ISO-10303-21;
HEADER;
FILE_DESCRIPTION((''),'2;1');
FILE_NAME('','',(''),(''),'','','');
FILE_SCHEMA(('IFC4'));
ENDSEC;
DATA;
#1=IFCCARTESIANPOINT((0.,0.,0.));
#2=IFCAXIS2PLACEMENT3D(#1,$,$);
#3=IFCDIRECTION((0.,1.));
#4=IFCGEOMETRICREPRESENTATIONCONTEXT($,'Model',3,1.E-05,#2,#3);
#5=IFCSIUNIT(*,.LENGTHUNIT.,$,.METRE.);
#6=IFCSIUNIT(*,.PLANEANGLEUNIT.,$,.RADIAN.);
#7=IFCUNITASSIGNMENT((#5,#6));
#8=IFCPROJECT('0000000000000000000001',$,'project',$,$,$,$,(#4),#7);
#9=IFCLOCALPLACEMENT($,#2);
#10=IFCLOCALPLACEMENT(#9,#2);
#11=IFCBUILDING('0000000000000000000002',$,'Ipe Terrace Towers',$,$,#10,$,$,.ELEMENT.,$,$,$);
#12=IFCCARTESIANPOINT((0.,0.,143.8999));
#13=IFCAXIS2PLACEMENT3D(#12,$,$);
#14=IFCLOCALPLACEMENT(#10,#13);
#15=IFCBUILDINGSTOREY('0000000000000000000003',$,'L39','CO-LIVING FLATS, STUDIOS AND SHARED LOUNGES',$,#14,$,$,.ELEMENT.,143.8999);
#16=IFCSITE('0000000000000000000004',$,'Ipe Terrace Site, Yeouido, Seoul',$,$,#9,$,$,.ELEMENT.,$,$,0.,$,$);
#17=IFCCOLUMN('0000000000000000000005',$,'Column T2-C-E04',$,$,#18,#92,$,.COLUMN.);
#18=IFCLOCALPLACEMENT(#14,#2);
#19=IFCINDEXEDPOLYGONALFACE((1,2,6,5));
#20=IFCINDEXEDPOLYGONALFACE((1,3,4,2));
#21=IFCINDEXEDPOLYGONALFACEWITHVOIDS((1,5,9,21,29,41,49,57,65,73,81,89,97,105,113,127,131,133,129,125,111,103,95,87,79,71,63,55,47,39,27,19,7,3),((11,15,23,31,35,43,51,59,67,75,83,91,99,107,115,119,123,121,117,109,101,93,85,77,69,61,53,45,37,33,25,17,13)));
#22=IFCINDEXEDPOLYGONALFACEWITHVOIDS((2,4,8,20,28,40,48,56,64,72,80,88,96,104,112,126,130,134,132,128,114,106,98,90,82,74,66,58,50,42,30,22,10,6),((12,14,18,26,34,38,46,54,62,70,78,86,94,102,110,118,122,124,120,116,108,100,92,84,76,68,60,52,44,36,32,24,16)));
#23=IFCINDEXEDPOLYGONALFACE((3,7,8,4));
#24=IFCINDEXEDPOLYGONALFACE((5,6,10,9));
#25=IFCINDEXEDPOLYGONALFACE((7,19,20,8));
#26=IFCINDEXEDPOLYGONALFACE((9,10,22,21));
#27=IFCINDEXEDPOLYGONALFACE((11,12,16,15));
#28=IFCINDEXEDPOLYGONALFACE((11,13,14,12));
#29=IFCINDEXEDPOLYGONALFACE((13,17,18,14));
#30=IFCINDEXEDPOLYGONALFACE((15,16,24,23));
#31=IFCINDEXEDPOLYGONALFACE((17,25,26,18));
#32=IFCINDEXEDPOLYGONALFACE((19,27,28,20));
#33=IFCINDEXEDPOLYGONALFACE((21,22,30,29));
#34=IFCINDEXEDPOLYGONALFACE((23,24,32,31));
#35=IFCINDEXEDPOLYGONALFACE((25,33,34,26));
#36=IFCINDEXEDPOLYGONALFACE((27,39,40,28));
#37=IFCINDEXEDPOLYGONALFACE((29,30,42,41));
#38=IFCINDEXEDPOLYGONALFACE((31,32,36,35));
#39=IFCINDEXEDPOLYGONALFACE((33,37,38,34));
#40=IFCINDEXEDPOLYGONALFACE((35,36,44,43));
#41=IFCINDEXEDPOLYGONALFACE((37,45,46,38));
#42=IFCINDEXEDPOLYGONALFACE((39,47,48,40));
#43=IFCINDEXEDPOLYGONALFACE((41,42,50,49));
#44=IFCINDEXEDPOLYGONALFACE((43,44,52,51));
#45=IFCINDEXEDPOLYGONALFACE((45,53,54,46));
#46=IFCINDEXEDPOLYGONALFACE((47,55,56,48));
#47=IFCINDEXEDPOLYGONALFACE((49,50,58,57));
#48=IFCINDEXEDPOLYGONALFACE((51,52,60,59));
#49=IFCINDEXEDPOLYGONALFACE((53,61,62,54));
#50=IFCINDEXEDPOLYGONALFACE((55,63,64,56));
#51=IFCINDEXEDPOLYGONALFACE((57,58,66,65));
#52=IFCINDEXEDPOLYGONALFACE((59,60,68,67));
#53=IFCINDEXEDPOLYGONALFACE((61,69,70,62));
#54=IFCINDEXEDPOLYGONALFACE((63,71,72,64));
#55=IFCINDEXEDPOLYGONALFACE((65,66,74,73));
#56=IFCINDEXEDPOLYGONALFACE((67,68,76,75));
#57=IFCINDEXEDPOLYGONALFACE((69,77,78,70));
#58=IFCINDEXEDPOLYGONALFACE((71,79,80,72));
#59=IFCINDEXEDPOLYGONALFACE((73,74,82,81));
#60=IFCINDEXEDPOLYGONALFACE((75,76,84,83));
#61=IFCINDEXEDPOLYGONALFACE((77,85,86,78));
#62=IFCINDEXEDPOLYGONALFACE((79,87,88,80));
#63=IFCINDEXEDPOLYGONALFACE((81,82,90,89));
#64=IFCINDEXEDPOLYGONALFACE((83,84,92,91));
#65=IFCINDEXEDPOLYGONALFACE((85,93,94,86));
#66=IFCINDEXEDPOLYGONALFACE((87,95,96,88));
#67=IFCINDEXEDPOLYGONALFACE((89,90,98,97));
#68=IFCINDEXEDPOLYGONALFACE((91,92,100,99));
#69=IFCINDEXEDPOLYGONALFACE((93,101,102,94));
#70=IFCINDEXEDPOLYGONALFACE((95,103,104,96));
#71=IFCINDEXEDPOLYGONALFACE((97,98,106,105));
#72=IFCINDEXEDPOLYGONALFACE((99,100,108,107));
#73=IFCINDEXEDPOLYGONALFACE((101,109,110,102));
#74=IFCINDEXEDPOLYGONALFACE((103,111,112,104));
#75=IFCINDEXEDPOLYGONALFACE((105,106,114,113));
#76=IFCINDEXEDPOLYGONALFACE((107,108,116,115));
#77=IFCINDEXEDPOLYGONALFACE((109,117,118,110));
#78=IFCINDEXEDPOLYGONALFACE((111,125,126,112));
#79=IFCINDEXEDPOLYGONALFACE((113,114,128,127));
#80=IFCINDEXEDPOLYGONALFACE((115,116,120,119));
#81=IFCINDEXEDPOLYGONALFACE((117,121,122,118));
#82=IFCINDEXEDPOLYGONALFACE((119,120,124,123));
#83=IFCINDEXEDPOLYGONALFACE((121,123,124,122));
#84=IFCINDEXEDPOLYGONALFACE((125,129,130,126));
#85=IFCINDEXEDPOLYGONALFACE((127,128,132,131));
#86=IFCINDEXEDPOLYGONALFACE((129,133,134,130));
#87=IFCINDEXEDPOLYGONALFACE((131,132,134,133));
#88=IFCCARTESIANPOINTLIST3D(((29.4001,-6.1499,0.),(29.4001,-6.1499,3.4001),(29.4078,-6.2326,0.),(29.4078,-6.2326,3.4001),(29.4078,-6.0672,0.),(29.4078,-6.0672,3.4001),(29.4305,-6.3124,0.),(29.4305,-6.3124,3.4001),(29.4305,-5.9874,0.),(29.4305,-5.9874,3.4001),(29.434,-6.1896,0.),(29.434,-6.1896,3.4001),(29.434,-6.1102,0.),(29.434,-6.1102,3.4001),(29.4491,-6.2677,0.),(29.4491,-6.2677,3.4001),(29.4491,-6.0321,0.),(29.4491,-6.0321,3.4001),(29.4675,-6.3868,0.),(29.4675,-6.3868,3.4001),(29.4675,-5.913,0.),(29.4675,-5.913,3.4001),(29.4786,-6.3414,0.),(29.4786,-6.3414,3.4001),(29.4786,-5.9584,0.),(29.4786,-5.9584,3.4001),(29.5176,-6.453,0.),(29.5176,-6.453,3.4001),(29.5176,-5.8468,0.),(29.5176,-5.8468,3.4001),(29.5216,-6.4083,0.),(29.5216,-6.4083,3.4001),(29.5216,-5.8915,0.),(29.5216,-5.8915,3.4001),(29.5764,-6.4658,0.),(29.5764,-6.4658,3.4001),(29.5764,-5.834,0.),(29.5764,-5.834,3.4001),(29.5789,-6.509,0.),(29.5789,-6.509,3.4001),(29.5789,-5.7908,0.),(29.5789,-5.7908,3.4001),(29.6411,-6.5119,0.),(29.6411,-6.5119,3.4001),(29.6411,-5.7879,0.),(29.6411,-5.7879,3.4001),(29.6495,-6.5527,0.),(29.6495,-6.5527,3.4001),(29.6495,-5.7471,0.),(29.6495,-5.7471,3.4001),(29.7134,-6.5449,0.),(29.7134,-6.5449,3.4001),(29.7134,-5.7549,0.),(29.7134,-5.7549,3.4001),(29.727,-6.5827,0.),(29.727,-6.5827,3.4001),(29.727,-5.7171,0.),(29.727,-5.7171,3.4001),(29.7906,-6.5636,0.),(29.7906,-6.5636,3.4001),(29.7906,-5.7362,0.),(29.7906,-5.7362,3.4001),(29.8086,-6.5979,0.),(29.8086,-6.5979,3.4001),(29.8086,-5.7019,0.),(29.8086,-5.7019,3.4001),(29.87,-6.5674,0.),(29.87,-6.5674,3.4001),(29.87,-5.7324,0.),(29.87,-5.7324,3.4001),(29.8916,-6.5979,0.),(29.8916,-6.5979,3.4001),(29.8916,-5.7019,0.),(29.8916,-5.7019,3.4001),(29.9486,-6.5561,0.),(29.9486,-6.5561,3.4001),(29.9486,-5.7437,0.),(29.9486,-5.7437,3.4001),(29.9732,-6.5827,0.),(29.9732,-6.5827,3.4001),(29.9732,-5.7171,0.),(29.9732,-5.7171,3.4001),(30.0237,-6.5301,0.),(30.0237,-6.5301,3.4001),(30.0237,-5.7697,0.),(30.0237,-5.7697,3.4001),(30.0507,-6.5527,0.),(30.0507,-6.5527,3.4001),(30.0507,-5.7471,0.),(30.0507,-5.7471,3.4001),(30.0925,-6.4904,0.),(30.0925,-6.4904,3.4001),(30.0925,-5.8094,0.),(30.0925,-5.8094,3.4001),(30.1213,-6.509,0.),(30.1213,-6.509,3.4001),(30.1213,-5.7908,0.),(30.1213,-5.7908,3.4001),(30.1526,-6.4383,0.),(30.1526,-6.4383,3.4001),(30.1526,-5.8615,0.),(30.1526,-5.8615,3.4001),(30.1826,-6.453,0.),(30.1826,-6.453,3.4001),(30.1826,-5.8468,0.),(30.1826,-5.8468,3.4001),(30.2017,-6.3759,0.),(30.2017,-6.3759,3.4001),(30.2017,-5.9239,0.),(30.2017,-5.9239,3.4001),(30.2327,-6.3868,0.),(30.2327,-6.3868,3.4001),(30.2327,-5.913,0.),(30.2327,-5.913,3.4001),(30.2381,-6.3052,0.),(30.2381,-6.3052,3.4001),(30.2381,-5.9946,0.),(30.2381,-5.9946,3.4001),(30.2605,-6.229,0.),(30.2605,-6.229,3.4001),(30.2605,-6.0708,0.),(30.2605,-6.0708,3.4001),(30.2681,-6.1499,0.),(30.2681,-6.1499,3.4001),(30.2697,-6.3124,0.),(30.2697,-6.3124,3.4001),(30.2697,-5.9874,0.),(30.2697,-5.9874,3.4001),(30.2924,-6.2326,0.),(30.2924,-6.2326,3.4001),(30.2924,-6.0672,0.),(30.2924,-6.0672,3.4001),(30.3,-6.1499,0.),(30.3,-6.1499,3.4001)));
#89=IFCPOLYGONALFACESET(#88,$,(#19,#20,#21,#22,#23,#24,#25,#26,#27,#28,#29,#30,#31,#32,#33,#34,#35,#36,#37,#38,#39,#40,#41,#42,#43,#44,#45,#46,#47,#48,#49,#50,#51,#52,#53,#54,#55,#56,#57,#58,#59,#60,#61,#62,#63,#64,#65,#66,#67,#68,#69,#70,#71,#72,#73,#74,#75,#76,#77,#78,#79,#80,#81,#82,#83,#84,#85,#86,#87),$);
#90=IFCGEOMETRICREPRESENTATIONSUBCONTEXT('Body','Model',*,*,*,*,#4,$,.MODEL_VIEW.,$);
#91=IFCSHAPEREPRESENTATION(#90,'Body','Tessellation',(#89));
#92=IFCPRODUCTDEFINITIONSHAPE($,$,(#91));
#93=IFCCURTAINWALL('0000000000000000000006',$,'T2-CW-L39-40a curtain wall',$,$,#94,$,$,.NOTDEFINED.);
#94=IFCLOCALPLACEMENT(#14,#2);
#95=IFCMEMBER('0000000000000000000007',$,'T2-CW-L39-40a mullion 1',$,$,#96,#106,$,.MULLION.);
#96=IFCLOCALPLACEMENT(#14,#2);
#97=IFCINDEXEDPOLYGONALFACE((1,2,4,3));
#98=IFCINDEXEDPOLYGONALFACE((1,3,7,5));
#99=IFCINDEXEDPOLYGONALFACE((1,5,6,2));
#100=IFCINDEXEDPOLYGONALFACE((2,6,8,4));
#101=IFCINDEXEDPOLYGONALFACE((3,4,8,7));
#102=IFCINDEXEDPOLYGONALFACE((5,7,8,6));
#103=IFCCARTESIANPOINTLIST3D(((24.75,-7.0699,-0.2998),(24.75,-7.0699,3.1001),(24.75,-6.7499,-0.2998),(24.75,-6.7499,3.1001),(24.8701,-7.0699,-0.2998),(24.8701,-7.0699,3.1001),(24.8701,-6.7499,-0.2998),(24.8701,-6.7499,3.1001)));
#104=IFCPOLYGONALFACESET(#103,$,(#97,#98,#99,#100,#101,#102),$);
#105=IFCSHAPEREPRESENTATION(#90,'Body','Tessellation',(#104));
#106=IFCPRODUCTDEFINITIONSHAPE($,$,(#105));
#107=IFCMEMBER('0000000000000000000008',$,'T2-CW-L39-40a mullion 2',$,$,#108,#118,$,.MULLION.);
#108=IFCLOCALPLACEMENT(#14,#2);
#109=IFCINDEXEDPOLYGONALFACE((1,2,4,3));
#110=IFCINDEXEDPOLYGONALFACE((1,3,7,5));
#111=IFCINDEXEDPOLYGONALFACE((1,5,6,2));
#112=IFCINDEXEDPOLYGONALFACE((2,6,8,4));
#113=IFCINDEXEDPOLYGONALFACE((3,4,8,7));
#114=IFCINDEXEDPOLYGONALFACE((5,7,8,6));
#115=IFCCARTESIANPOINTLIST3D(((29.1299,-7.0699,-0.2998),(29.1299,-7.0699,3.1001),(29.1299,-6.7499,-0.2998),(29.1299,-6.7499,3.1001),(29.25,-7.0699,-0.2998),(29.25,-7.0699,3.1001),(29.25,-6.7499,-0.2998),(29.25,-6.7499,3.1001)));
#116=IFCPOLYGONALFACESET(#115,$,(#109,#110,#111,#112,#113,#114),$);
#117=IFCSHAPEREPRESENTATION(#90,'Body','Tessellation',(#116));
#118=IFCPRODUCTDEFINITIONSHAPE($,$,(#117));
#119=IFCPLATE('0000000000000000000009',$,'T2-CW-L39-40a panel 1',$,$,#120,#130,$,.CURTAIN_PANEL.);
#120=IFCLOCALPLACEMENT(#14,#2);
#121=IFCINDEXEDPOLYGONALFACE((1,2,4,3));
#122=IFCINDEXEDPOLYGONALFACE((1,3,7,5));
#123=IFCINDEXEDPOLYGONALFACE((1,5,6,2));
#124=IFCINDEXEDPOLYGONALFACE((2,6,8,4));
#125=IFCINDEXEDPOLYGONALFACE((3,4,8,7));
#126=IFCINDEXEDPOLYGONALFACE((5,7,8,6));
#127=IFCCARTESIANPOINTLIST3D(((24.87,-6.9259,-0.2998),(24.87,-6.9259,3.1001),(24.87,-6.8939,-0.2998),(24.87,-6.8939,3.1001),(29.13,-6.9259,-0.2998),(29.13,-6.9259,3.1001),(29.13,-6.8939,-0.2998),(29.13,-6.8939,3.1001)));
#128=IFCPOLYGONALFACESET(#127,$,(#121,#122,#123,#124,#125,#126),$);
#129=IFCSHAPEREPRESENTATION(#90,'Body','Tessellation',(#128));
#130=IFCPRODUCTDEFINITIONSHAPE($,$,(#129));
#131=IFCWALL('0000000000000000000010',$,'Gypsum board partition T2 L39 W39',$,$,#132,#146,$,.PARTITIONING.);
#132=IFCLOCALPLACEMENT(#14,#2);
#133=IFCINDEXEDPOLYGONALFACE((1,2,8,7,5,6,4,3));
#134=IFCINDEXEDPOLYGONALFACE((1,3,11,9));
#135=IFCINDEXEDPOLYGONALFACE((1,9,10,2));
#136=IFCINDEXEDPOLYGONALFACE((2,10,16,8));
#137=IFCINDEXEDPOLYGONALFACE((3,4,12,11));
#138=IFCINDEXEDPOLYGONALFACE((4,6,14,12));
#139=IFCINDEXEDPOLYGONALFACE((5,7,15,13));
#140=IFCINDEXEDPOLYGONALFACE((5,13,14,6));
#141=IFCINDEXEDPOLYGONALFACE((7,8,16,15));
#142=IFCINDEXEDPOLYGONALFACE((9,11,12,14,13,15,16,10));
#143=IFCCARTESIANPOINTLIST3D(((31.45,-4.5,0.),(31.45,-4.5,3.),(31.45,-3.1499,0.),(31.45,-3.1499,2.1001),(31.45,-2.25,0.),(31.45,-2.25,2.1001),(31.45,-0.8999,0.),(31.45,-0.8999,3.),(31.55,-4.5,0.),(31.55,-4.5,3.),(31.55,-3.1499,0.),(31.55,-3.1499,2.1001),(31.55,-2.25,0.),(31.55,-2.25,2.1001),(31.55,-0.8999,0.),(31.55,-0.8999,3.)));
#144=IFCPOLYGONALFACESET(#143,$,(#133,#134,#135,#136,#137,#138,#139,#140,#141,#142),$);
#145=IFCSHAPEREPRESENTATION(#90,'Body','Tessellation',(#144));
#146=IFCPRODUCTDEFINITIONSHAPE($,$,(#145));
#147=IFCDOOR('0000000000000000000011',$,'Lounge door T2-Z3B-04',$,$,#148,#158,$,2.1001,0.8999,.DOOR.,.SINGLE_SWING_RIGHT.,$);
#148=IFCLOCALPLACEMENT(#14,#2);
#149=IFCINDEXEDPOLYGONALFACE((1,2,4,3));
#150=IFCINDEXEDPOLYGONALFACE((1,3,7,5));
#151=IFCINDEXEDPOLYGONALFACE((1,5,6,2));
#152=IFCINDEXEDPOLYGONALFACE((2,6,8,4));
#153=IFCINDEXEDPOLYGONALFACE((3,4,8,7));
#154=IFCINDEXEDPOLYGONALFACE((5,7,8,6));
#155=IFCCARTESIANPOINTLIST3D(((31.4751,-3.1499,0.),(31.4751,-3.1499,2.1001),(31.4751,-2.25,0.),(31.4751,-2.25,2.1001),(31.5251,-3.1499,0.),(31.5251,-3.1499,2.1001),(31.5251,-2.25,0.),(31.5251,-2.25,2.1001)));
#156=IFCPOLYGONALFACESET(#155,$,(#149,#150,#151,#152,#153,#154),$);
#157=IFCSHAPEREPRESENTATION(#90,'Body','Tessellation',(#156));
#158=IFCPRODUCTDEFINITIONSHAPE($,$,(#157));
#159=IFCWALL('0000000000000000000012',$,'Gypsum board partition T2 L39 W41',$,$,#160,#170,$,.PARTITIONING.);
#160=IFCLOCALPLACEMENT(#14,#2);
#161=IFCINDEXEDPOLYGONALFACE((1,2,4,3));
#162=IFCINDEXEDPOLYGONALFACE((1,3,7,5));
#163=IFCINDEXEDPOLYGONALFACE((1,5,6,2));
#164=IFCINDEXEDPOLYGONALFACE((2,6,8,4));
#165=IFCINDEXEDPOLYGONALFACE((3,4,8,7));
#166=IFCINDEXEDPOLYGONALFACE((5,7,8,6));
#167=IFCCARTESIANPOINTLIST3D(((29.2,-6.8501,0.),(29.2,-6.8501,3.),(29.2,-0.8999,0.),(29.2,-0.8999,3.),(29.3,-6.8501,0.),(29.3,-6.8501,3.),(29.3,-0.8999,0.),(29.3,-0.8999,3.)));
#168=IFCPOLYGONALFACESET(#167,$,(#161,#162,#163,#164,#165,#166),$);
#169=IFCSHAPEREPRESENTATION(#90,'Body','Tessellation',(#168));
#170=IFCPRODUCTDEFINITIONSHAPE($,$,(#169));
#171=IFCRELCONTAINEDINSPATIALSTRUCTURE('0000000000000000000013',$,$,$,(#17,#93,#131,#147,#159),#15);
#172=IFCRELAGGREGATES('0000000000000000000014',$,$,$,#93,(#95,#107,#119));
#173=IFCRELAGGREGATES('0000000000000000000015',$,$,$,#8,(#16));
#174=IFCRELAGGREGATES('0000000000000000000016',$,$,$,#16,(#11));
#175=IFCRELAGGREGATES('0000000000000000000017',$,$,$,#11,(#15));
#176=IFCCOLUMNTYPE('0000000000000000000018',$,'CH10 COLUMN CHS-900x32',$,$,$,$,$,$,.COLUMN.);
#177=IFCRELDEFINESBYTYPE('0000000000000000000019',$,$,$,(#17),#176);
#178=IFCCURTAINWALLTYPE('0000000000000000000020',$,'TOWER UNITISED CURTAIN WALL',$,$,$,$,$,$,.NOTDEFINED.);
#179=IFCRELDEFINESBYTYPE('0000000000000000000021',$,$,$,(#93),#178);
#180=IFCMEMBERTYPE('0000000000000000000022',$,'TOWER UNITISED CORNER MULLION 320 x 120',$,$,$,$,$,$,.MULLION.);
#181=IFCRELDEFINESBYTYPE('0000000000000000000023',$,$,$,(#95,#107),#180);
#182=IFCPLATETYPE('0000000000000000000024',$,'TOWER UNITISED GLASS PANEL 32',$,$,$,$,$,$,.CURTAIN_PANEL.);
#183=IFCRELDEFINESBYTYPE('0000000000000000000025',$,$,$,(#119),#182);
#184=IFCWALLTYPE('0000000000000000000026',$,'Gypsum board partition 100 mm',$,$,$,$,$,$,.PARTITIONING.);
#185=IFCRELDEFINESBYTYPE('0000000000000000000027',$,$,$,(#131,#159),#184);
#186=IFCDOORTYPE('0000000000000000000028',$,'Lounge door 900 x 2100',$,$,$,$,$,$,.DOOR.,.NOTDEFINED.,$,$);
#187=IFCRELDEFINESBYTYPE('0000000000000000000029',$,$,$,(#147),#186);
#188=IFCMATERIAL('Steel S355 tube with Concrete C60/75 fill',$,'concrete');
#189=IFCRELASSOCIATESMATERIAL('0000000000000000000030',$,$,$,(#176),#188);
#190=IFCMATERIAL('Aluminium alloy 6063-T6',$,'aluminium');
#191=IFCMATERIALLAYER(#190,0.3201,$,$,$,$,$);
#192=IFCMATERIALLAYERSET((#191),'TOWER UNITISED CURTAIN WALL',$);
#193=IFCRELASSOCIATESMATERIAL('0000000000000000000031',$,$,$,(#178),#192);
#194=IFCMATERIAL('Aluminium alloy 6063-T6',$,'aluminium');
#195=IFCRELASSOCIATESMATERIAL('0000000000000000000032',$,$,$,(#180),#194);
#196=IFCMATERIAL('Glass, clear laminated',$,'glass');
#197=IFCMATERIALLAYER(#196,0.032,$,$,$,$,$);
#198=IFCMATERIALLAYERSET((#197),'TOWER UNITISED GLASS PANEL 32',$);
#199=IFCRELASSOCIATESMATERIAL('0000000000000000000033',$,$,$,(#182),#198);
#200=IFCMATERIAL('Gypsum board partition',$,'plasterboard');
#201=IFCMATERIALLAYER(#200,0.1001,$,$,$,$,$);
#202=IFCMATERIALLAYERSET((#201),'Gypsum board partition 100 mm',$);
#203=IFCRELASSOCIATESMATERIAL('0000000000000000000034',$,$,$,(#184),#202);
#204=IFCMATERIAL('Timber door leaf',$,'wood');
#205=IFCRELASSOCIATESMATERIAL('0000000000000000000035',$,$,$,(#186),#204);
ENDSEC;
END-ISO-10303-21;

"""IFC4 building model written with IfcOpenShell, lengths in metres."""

from ifc_helpers import new_model, si_unit, direction, frame, frame_2d, origin, origin_2d, place, context, subcontext, project, spatial, rectangle, hollow_circle, extrude, material, layer, layer_set, material_profile, profile_set, type_object, element, fill, aggregate, save


model = new_model("IFC4")

# Units and contexts
model_context = context("Model", 3, precision=1e-05, world=origin(), true_north=direction((0.0, 1.0)))
body_context = subcontext(model_context, "Body", "Model", "MODEL_VIEW")
ifc_project = project(units=[si_unit("LENGTHUNIT", "METRE"), si_unit("PLANEANGLEUNIT", "RADIAN")], contexts=[model_context])

# Site, building, storey
site_placement = place(None, origin())
site = spatial("IfcSite", under=ifc_project, at=site_placement, Name="Ipe Terrace Site, Yeouido, Seoul", CompositionType="ELEMENT", RefElevation=0.0)
building_placement = place(site_placement, origin())
building = spatial("IfcBuilding", under=site, at=building_placement, Name="Ipe Terrace Towers", CompositionType="ELEMENT")
storey_placement = place(building_placement, frame((0.0, 0.0, 143.8999)))
storey = spatial("IfcBuildingStorey", under=building, at=storey_placement, Name="L39", Description="CO-LIVING FLATS, STUDIOS AND SHARED LOUNGES", CompositionType="ELEMENT", Elevation=143.8999)

# Column
ifc_material_1 = material(Name="Steel S355 tube with Concrete C60/75 fill", Category="concrete")
ifc_material_profile_1 = material_profile(ifc_material_1, hollow_circle(Radius=0.45, WallThickness=0.032, at=origin_2d()), Name="CHS-900x32")
ifc_profile_set_1 = profile_set([ifc_material_profile_1], Name="Steel S355 tube with Concrete C60/75 fill")
column_type = type_object("IfcColumnType", Name="CH10 COLUMN CHS-900x32", PredefinedType="COLUMN", material=ifc_profile_set_1)
column_placement = place(storey_placement, frame((29.8501, -6.1499, 0.0), z_axis=(0.0, 0.0, 1.0), x_axis=(1.0, 0.0, 0.0)))
element("IfcColumn", 1, at=column_placement, inside=storey, type_object=column_type, Name="Column T2-C-E04", PredefinedType="COLUMN", context=body_context, shape_type="SweptSolid", body=[
    extrude(hollow_circle(Radius=0.45, WallThickness=0.032, at=origin_2d()), origin(), (0.0, 0.0, 1.0), 3.4001),
])

# Curtain wall, members, plate
ifc_material_2 = material(Name="Aluminium alloy 6063-T6", Category="aluminium")
ifc_layer_1 = layer(ifc_material_2, 0.3201)
ifc_layer_set_1 = layer_set([ifc_layer_1], Name="TOWER UNITISED CURTAIN WALL")
curtain_wall_type = type_object("IfcCurtainWallType", Name="TOWER UNITISED CURTAIN WALL", PredefinedType="NOTDEFINED", material=ifc_layer_set_1)
curtain_wall_placement = place(storey_placement, origin())
curtain_wall = element("IfcCurtainWall", 2, at=curtain_wall_placement, inside=storey, type_object=curtain_wall_type, Name="T2-CW-L39-40a curtain wall", PredefinedType="NOTDEFINED")
ifc_material_3 = material(Name="Aluminium alloy 6063-T6", Category="aluminium")
ifc_material_profile_2 = material_profile(ifc_material_3, rectangle(XDim=0.3201, YDim=0.1201, at=origin_2d()), Name="TOWER UNITISED CORNER MULLION 320 x 120")
ifc_profile_set_2 = profile_set([ifc_material_profile_2], Name="Aluminium alloy 6063-T6")
member_type = type_object("IfcMemberType", Name="TOWER UNITISED CORNER MULLION 320 x 120", PredefinedType="MULLION", material=ifc_profile_set_2)
member_1_placement = place(storey_placement, frame((24.8101, -6.9099, -0.2998), z_axis=(0.0, 0.0, 1.0), x_axis=(0.0, -1.0, 0.0)))
member_1 = element("IfcMember", 3, at=member_1_placement, type_object=member_type, Name="T2-CW-L39-40a mullion 1", PredefinedType="MULLION", context=body_context, shape_type="SweptSolid", body=[
    extrude(rectangle(XDim=0.3201, YDim=0.1201, at=origin_2d()), origin(), (0.0, 0.0, 1.0), 3.3999),
])
member_2_placement = place(storey_placement, frame((29.1899, -6.9099, -0.2998), z_axis=(0.0, 0.0, 1.0), x_axis=(0.0, -1.0, 0.0)))
member_2 = element("IfcMember", 4, at=member_2_placement, type_object=member_type, Name="T2-CW-L39-40a mullion 2", PredefinedType="MULLION", context=body_context, shape_type="SweptSolid", body=[
    extrude(rectangle(XDim=0.3201, YDim=0.1201, at=origin_2d()), origin(), (0.0, 0.0, 1.0), 3.3999),
])
ifc_material_4 = material(Name="Glass, clear laminated", Category="glass")
ifc_layer_2 = layer(ifc_material_4, 0.032)
ifc_layer_set_2 = layer_set([ifc_layer_2], Name="TOWER UNITISED GLASS PANEL 32")
plate_type = type_object("IfcPlateType", Name="TOWER UNITISED GLASS PANEL 32", PredefinedType="CURTAIN_PANEL", material=ifc_layer_set_2)
plate_placement = place(storey_placement, frame((27.0, -6.9099, -0.2998), z_axis=(0.0, 0.0, 1.0), x_axis=(1.0, 0.0, 0.0)))
plate = element("IfcPlate", 5, at=plate_placement, type_object=plate_type, Name="T2-CW-L39-40a panel 1", PredefinedType="CURTAIN_PANEL", context=body_context, shape_type="SweptSolid", body=[
    extrude(rectangle(XDim=4.26, YDim=0.032, at=origin_2d()), origin(), (0.0, 0.0, 1.0), 3.3999),
])
aggregate(curtain_wall, [member_1, member_2, plate])

# Wall, opening, door
ifc_material_5 = material(Name="Gypsum board partition", Category="plasterboard")
ifc_layer_3 = layer(ifc_material_5, 0.1001)
ifc_layer_set_3 = layer_set([ifc_layer_3], Name="Gypsum board partition 100 mm")
wall_type_1 = type_object("IfcWallType", Name="Gypsum board partition 100 mm", PredefinedType="PARTITIONING", material=ifc_layer_set_3)
wall_1_placement = place(storey_placement, frame((31.5, -4.5, 0.0), z_axis=(0.0, 0.0, 1.0), x_axis=(0.0, 1.0, 0.0)))
wall_1 = element("IfcWall", 6, at=wall_1_placement, inside=storey, type_object=wall_type_1, Name="Gypsum board partition T2 L39 W39", PredefinedType="PARTITIONING", context=body_context, shape_type="SweptSolid", body=[
    extrude(rectangle(XDim=3.6001, YDim=0.1001, at=frame_2d((1.8, 0.0))), origin(), (0.0, 0.0, 1.0), 3.0),
])
opening_1_placement = place(wall_1_placement, frame((1.3501, 0.0, 0.0)))
opening_1 = element("IfcOpeningElement", 7, at=opening_1_placement, cuts=wall_1, PredefinedType="OPENING", context=body_context, shape_type="SweptSolid", body=[
    extrude(rectangle(XDim=0.8999, YDim=2.1001, at=frame_2d((0.45, 1.05))), frame((0.0, 0.0601, 0.0), z_axis=(0.0, -1.0, 0.0), x_axis=(1.0, 0.0, 0.0)), (0.0, 0.0, 1.0), 0.1201),
])
ifc_material_6 = material(Name="Timber door leaf", Category="wood")
door_type_1 = type_object("IfcDoorType", Name="Lounge door 900 x 2100", OperationType="NOTDEFINED", PredefinedType="DOOR", material=ifc_material_6)
door_1_placement = place(opening_1_placement, origin())
door_1 = element("IfcDoor", 8, at=door_1_placement, inside=storey, type_object=door_type_1, Name="Lounge door T2-Z3B-04", OperationType="SINGLE_SWING_RIGHT", OverallHeight=2.1001, OverallWidth=0.8999, PredefinedType="DOOR", context=body_context, shape_type="SweptSolid", body=[
    extrude(rectangle(XDim=0.8999, YDim=2.1001, at=frame_2d((0.45, 1.05))), frame((0.0, 0.0249, 0.0), z_axis=(0.0, -1.0, 0.0), x_axis=(1.0, 0.0, 0.0)), (0.0, 0.0, 1.0), 0.05),
])
fill(opening_1, door_1)

# Wall
wall_2_placement = place(storey_placement, frame((29.25, -6.8501, 0.0), z_axis=(0.0, 0.0, 1.0), x_axis=(0.0, 1.0, 0.0)))
element("IfcWall", 9, at=wall_2_placement, inside=storey, type_object=wall_type_1, Name="Gypsum board partition T2 L39 W41", PredefinedType="PARTITIONING", context=body_context, shape_type="SweptSolid", body=[
    extrude(rectangle(XDim=5.9502, YDim=0.1001, at=frame_2d((2.9751, 0.0))), origin(), (0.0, 0.0, 1.0), 3.0),
])

save(model, "model.ifc")
